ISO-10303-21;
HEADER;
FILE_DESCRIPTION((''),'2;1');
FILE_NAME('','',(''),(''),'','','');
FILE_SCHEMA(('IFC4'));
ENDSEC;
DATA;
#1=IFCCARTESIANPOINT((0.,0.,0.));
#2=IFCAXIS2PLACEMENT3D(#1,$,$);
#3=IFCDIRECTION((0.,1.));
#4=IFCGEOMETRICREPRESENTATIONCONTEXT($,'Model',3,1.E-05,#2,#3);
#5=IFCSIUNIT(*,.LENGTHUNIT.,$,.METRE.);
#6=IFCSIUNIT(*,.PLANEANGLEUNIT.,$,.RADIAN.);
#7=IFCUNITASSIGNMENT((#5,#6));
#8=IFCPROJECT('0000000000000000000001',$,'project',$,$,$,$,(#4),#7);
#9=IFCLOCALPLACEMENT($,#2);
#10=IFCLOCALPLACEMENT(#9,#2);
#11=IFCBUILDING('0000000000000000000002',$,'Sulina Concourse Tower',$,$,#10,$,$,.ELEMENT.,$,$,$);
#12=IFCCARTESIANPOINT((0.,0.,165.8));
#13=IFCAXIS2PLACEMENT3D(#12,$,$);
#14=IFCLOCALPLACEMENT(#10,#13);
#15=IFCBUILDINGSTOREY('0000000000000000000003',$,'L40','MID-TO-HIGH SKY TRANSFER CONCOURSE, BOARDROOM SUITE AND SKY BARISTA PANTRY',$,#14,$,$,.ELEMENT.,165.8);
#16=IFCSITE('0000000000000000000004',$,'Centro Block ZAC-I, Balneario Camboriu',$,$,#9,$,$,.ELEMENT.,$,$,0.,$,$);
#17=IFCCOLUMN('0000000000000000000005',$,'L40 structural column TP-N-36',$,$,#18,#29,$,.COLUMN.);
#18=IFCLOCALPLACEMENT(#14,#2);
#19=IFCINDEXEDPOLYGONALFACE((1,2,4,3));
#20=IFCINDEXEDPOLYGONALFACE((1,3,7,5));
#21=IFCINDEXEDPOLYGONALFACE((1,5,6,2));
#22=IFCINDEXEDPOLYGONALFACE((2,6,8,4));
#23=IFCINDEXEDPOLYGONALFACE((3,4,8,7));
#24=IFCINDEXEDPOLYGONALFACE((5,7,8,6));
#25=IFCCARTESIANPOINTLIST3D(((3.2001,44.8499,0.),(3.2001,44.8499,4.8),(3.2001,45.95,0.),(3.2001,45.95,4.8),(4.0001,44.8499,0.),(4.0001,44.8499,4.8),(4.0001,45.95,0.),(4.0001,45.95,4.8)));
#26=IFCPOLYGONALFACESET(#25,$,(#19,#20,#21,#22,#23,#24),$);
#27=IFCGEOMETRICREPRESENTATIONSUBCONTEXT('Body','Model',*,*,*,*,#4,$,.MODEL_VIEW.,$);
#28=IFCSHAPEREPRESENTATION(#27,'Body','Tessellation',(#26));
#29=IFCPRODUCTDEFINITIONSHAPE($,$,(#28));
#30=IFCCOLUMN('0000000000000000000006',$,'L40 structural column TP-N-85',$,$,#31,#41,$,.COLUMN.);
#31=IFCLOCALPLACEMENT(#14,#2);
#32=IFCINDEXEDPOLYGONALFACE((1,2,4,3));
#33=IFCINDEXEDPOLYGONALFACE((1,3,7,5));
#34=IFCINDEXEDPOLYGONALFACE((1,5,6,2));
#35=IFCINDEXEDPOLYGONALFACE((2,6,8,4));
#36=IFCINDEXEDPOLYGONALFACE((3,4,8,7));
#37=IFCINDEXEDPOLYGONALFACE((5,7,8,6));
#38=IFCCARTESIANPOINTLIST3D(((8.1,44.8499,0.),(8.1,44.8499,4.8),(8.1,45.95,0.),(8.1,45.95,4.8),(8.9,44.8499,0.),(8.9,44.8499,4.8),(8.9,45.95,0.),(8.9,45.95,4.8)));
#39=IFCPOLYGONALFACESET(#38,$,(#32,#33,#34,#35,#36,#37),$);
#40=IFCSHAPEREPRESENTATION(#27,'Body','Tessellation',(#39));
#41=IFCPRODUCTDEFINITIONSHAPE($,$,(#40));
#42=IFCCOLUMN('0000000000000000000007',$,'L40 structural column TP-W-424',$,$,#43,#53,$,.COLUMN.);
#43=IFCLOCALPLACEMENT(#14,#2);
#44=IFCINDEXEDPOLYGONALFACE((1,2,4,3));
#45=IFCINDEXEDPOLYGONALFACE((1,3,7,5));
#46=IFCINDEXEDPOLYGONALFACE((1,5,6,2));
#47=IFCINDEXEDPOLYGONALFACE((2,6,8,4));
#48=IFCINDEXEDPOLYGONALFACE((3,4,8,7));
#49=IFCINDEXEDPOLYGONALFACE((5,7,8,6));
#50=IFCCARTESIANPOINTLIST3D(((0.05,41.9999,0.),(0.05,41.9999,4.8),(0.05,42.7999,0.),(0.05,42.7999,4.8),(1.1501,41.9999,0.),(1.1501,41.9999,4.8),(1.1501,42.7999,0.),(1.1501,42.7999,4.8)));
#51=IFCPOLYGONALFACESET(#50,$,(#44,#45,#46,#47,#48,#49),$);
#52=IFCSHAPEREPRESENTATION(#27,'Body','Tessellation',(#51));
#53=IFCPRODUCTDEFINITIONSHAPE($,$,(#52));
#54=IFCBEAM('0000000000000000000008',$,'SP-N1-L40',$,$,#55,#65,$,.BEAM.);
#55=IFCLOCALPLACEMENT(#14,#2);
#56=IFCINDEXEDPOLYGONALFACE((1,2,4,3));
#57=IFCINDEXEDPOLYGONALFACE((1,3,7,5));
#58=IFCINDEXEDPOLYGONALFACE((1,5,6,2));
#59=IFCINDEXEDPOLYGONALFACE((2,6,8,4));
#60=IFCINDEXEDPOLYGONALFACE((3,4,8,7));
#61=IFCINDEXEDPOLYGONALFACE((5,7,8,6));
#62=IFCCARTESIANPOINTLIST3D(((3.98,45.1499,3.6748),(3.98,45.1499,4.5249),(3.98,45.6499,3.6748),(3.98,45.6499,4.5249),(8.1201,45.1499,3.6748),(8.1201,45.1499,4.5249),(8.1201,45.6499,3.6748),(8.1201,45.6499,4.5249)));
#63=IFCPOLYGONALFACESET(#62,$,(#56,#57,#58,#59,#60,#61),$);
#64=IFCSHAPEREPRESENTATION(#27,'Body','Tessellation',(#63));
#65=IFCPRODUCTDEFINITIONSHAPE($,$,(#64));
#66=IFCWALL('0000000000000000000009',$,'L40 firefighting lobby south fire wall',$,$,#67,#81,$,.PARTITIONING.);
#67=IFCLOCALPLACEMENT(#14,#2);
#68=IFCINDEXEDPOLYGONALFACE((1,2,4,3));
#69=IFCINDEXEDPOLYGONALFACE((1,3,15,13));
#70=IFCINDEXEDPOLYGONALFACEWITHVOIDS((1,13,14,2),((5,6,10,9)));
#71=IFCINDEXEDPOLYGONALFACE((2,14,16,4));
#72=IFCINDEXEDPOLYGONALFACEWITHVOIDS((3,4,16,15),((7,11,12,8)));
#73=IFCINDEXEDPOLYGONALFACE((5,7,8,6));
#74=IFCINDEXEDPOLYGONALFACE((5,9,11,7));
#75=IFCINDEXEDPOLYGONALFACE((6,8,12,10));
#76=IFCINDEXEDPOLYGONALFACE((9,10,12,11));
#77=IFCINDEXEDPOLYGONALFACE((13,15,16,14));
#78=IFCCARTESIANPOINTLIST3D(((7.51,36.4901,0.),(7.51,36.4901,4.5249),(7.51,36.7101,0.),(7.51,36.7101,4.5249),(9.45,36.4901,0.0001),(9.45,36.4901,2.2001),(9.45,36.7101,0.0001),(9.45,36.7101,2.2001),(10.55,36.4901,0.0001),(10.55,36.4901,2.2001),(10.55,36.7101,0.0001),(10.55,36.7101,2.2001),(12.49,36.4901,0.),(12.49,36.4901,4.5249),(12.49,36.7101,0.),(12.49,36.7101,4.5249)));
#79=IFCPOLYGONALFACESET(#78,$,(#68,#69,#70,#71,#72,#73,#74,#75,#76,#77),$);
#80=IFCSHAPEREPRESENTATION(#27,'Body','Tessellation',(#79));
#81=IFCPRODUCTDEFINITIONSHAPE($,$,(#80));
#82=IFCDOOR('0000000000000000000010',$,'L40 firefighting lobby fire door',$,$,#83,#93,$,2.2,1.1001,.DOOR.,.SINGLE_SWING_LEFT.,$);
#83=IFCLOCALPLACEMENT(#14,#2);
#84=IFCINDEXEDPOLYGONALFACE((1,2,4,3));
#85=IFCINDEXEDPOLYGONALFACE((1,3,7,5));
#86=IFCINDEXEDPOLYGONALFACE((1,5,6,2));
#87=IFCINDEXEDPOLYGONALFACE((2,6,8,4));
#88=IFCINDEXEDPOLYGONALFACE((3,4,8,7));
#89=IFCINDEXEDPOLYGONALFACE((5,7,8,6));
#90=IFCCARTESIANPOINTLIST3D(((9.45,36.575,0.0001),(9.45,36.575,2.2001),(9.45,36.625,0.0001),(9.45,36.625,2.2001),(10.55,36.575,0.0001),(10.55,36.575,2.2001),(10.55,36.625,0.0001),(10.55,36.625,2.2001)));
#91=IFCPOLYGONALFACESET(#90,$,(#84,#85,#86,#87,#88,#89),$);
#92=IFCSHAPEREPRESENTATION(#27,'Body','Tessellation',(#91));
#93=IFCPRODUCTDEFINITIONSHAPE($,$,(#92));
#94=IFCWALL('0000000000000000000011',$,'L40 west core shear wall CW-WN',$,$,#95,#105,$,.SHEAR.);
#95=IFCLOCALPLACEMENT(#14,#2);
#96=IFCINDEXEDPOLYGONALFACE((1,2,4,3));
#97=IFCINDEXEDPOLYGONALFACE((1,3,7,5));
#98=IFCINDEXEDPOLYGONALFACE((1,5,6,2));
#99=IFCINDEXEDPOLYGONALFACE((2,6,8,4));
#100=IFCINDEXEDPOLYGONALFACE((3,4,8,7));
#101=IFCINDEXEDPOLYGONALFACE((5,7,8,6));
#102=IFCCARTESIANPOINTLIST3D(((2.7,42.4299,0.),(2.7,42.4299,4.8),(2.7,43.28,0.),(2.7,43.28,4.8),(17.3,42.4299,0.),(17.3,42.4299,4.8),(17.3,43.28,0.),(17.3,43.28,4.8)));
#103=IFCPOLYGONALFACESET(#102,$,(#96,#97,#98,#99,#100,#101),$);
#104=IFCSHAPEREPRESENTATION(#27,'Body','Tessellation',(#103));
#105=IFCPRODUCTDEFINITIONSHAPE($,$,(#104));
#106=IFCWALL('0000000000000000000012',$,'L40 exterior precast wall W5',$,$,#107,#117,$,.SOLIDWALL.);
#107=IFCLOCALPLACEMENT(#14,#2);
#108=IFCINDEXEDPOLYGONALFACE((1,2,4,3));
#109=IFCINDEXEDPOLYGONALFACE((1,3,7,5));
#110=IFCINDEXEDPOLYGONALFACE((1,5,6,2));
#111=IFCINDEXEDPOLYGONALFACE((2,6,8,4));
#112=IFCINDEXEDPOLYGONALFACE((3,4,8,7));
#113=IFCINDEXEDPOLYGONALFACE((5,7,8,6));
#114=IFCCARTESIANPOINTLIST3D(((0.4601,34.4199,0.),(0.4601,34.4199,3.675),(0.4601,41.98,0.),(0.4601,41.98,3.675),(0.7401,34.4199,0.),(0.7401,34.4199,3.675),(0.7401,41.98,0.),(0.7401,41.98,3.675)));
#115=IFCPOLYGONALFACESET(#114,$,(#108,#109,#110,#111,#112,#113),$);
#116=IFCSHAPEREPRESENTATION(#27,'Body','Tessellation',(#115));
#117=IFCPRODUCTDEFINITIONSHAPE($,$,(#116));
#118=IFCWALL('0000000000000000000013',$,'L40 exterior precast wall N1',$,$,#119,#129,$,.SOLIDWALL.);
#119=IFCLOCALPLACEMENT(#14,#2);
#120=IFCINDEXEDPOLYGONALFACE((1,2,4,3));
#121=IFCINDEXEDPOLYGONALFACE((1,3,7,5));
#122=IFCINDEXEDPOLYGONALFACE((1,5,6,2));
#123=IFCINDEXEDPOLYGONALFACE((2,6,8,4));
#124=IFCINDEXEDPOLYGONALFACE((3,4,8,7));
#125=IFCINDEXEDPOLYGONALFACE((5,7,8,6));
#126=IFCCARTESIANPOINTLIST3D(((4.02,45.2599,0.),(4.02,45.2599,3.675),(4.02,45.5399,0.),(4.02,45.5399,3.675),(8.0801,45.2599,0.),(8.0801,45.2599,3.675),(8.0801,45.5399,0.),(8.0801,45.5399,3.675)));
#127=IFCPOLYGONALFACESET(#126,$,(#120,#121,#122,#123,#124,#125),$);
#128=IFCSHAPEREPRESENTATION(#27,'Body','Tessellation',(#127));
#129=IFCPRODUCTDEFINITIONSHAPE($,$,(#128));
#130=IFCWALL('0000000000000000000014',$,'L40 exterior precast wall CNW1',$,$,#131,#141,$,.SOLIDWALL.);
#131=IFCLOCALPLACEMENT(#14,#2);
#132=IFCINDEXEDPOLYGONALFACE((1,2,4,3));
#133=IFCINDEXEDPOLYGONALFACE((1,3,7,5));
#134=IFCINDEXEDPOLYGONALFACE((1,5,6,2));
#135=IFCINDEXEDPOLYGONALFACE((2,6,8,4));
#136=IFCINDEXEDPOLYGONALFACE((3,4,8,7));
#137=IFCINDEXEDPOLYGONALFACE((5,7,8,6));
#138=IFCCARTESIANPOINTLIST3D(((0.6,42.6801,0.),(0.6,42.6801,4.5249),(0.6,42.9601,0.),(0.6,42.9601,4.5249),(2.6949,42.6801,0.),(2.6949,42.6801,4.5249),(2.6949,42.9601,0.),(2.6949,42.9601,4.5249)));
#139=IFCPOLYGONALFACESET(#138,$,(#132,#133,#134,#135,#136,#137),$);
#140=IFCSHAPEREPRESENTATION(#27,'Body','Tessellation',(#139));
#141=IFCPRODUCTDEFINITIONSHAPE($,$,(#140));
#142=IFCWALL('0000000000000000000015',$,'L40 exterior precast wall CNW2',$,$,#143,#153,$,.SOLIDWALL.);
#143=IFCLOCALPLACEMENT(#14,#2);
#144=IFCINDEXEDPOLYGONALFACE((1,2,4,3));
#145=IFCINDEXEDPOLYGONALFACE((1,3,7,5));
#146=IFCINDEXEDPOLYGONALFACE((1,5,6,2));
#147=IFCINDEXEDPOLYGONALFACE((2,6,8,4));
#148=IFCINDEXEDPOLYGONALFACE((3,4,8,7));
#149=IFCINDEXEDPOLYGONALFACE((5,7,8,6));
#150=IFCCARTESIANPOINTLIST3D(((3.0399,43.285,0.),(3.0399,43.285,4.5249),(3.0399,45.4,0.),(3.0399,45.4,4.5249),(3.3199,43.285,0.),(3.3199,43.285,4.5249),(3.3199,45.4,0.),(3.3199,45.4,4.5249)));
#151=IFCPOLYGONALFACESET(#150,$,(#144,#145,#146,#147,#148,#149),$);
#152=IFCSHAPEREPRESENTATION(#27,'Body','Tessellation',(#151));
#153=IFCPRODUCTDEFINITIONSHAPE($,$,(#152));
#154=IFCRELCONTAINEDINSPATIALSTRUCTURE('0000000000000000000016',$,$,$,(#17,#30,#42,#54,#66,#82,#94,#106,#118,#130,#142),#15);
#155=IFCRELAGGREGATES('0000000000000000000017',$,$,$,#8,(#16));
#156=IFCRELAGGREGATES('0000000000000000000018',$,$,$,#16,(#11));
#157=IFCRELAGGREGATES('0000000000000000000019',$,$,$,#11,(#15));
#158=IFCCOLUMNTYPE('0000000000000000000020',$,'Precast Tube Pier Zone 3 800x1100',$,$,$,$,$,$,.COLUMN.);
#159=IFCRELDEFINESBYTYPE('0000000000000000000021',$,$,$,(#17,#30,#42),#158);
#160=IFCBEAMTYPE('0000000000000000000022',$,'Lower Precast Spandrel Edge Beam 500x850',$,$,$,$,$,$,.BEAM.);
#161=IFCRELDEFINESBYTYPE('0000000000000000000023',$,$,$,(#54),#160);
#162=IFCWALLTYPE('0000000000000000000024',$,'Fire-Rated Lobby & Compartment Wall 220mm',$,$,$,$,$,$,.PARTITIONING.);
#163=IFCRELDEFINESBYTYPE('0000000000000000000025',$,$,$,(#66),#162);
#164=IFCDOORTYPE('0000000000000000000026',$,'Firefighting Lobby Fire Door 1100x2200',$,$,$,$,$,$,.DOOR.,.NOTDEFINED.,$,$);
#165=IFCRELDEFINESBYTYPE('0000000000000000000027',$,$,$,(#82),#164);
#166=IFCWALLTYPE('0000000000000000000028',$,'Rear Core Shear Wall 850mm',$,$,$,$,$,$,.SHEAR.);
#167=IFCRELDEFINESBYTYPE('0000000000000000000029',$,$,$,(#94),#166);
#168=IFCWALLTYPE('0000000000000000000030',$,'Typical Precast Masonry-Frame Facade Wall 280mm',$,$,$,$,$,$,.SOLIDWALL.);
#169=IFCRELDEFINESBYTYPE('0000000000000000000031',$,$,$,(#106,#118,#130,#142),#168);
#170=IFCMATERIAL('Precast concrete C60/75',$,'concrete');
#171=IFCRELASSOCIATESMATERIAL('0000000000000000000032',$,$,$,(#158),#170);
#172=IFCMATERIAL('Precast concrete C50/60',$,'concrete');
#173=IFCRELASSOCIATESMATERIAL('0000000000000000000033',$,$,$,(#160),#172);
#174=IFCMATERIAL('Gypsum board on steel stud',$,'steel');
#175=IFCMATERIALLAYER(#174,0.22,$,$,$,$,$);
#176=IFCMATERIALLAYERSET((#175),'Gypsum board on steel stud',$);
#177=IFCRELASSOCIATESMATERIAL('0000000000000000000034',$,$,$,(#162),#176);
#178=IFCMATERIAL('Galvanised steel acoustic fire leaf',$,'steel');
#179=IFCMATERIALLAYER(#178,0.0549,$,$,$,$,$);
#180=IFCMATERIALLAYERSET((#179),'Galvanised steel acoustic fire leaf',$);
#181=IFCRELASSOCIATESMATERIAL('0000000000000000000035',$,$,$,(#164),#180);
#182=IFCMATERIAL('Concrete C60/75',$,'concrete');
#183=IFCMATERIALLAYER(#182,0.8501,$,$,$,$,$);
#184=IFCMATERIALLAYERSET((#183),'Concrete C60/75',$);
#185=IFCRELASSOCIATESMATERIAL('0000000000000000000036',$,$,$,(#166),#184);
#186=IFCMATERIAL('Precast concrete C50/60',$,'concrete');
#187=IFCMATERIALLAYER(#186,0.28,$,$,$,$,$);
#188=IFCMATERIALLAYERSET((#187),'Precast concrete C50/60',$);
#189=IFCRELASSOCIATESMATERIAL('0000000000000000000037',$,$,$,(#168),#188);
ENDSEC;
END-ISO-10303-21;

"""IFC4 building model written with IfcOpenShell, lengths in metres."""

from ifc_helpers import new_model, si_unit, direction, frame, frame_2d, origin, origin_2d, place, context, subcontext, project, spatial, rectangle, extrude, material, layer, layer_set, material_profile, profile_set, type_object, element, fill, save


model = new_model("IFC4")

# Units and contexts
model_context = context("Model", 3, precision=1e-05, world=origin(), true_north=direction((0.0, 1.0)))
body_context = subcontext(model_context, "Body", "Model", "MODEL_VIEW")
ifc_project = project(units=[si_unit("LENGTHUNIT", "METRE"), si_unit("PLANEANGLEUNIT", "RADIAN")], contexts=[model_context])

# Site, building, storey
site_placement = place(None, origin())
site = spatial("IfcSite", under=ifc_project, at=site_placement, Name="Centro Block ZAC-I, Balneario Camboriu", CompositionType="ELEMENT", RefElevation=0.0)
building_placement = place(site_placement, origin())
building = spatial("IfcBuilding", under=site, at=building_placement, Name="Sulina Concourse Tower", CompositionType="ELEMENT")
storey_placement = place(building_placement, frame((0.0, 0.0, 165.8)))
storey = spatial("IfcBuildingStorey", under=building, at=storey_placement, Name="L40", Description="MID-TO-HIGH SKY TRANSFER CONCOURSE, BOARDROOM SUITE AND SKY BARISTA PANTRY", CompositionType="ELEMENT", Elevation=165.8)

# Columns
ifc_material_1 = material(Name="Precast concrete C60/75", Category="concrete")
ifc_material_profile_1 = material_profile(ifc_material_1, rectangle(XDim=0.8, YDim=1.1001, at=origin_2d()), Name="PC 800x1100")
ifc_profile_set_1 = profile_set([ifc_material_profile_1], Name="Precast concrete C60/75")
column_type = type_object("IfcColumnType", Name="Precast Tube Pier Zone 3 800x1100", PredefinedType="COLUMN", material=ifc_profile_set_1)
for number, where, z_axis, x_axis, name in (
    (1, (3.6001, 45.3999, 0.0), (0.0, 0.0, 1.0), (1.0, 0.0, 0.0), "L40 structural column TP-N-36"),
    (2, (8.5, 45.3999, 0.0), (0.0, 0.0, 1.0), (1.0, 0.0, 0.0), "L40 structural column TP-N-85"),
    (3, (0.6001, 42.3999, 0.0), (0.0, 0.0, 1.0), (0.0, 1.0, 0.0), "L40 structural column TP-W-424"),
):
    element("IfcColumn", number, at=place(storey_placement, frame(where, z_axis=z_axis, x_axis=x_axis)), inside=storey, type_object=column_type, Name=name, PredefinedType="COLUMN", context=body_context, shape_type="SweptSolid", body=[
        extrude(rectangle(XDim=0.8, YDim=1.1001, at=origin_2d()), origin(), (0.0, 0.0, 1.0), 4.8),
    ])

# Beam
ifc_material_2 = material(Name="Precast concrete C50/60", Category="concrete")
ifc_material_profile_2 = material_profile(ifc_material_2, rectangle(XDim=0.5, YDim=0.8501, at=origin_2d()), Name="RC 500x850")
ifc_profile_set_2 = profile_set([ifc_material_profile_2], Name="Precast concrete C50/60")
beam_type = type_object("IfcBeamType", Name="Lower Precast Spandrel Edge Beam 500x850", PredefinedType="BEAM", material=ifc_profile_set_2)
beam_placement = place(storey_placement, frame((3.98, 45.3999, 4.0999), z_axis=(1.0, 0.0, 0.0), x_axis=(0.0, 1.0, 0.0)))
element("IfcBeam", 4, at=beam_placement, inside=storey, type_object=beam_type, Name="SP-N1-L40", PredefinedType="BEAM", context=body_context, shape_type="SweptSolid", body=[
    extrude(rectangle(XDim=0.5, YDim=0.8501, at=origin_2d()), origin(), (0.0, 0.0, 1.0), 4.1401),
])

# Wall, opening, door
ifc_material_3 = material(Name="Gypsum board on steel stud", Category="steel")
ifc_layer_1 = layer(ifc_material_3, 0.22)
ifc_layer_set_1 = layer_set([ifc_layer_1], Name="Gypsum board on steel stud")
wall_type_1 = type_object("IfcWallType", Name="Fire-Rated Lobby & Compartment Wall 220mm", PredefinedType="PARTITIONING", material=ifc_layer_set_1)
wall_1_placement = place(storey_placement, frame((7.51, 36.6001, 0.0), z_axis=(0.0, 0.0, 1.0), x_axis=(1.0, 0.0, 0.0)))
wall_1 = element("IfcWall", 5, at=wall_1_placement, inside=storey, type_object=wall_type_1, Name="L40 firefighting lobby south fire wall", PredefinedType="PARTITIONING", context=body_context, shape_type="SweptSolid", body=[
    extrude(rectangle(XDim=4.98, YDim=0.22, at=frame_2d((2.49, 0.0))), origin(), (0.0, 0.0, 1.0), 4.5249),
])
opening_placement = place(wall_1_placement, frame((1.9399, 0.0, 0.0)))
opening = element("IfcOpeningElement", 6, at=opening_placement, cuts=wall_1, PredefinedType="OPENING", context=body_context, shape_type="SweptSolid", body=[
    extrude(rectangle(XDim=1.1001, YDim=2.2, at=frame_2d((0.55, 1.1001))), frame((0.0, 0.1199, 0.0), z_axis=(0.0, -1.0, 0.0), x_axis=(1.0, 0.0, 0.0)), (0.0, 0.0, 1.0), 0.24),
])
ifc_material_4 = material(Name="Galvanised steel acoustic fire leaf", Category="steel")
ifc_layer_2 = layer(ifc_material_4, 0.0549)
ifc_layer_set_2 = layer_set([ifc_layer_2], Name="Galvanised steel acoustic fire leaf")
door_type = type_object("IfcDoorType", Name="Firefighting Lobby Fire Door 1100x2200", OperationType="NOTDEFINED", PredefinedType="DOOR", material=ifc_layer_set_2)
door_placement = place(opening_placement, origin())
door = element("IfcDoor", 7, at=door_placement, inside=storey, type_object=door_type, Name="L40 firefighting lobby fire door", OperationType="SINGLE_SWING_LEFT", OverallHeight=2.2, OverallWidth=1.1001, PredefinedType="DOOR", context=body_context, shape_type="SweptSolid", body=[
    extrude(rectangle(XDim=1.1001, YDim=2.2, at=frame_2d((0.55, 1.1001))), frame((0.0, 0.0249, 0.0), z_axis=(0.0, -1.0, 0.0), x_axis=(1.0, 0.0, 0.0)), (0.0, 0.0, 1.0), 0.05),
])
fill(opening, door)

# Walls
ifc_material_5 = material(Name="Concrete C60/75", Category="concrete")
ifc_layer_3 = layer(ifc_material_5, 0.8501)
ifc_layer_set_3 = layer_set([ifc_layer_3], Name="Concrete C60/75")
wall_type_2 = type_object("IfcWallType", Name="Rear Core Shear Wall 850mm", PredefinedType="SHEAR", material=ifc_layer_set_3)
wall_2_placement = place(storey_placement, frame((2.7, 42.855, 0.0), z_axis=(0.0, 0.0, 1.0), x_axis=(1.0, 0.0, 0.0)))
element("IfcWall", 8, at=wall_2_placement, inside=storey, type_object=wall_type_2, Name="L40 west core shear wall CW-WN", PredefinedType="SHEAR", context=body_context, shape_type="SweptSolid", body=[
    extrude(rectangle(XDim=14.6001, YDim=0.8501, at=frame_2d((7.3, 0.0))), origin(), (0.0, 0.0, 1.0), 4.8),
])
ifc_material_6 = material(Name="Precast concrete C50/60", Category="concrete")
ifc_layer_4 = layer(ifc_material_6, 0.28)
ifc_layer_set_4 = layer_set([ifc_layer_4], Name="Precast concrete C50/60")
wall_type_3 = type_object("IfcWallType", Name="Typical Precast Masonry-Frame Facade Wall 280mm", PredefinedType="SOLIDWALL", material=ifc_layer_set_4)
wall_3_placement = place(storey_placement, frame((0.6001, 34.4199, 0.0), z_axis=(0.0, 0.0, 1.0), x_axis=(0.0, 1.0, 0.0)))
element("IfcWall", 9, at=wall_3_placement, inside=storey, type_object=wall_type_3, Name="L40 exterior precast wall W5", PredefinedType="SOLIDWALL", context=body_context, shape_type="SweptSolid", body=[
    extrude(rectangle(XDim=7.5601, YDim=0.28, at=frame_2d((3.78, 0.0))), origin(), (0.0, 0.0, 1.0), 3.675),
])
wall_4_placement = place(storey_placement, frame((4.02, 45.3999, 0.0), z_axis=(0.0, 0.0, 1.0), x_axis=(1.0, 0.0, 0.0)))
element("IfcWall", 10, at=wall_4_placement, inside=storey, type_object=wall_type_3, Name="L40 exterior precast wall N1", PredefinedType="SOLIDWALL", context=body_context, shape_type="SweptSolid", body=[
    extrude(rectangle(XDim=4.0601, YDim=0.28, at=frame_2d((2.03, 0.0))), origin(), (0.0, 0.0, 1.0), 3.675),
])
wall_5_placement = place(storey_placement, frame((0.6001, 42.8201, 0.0), z_axis=(0.0, 0.0, 1.0), x_axis=(1.0, 0.0, 0.0)))
element("IfcWall", 11, at=wall_5_placement, inside=storey, type_object=wall_type_3, Name="L40 exterior precast wall CNW1", PredefinedType="SOLIDWALL", context=body_context, shape_type="SweptSolid", body=[
    extrude(rectangle(XDim=2.095, YDim=0.28, at=frame_2d((1.0474, 0.0))), origin(), (0.0, 0.0, 1.0), 4.5249),
])
wall_6_placement = place(storey_placement, frame((3.1799, 43.2849, 0.0), z_axis=(0.0, 0.0, 1.0), x_axis=(0.0, 1.0, 0.0)))
element("IfcWall", 12, at=wall_6_placement, inside=storey, type_object=wall_type_3, Name="L40 exterior precast wall CNW2", PredefinedType="SOLIDWALL", context=body_context, shape_type="SweptSolid", body=[
    extrude(rectangle(XDim=2.115, YDim=0.28, at=frame_2d((1.0576, 0.0))), origin(), (0.0, 0.0, 1.0), 4.5249),
])

save(model, "model.ifc")
